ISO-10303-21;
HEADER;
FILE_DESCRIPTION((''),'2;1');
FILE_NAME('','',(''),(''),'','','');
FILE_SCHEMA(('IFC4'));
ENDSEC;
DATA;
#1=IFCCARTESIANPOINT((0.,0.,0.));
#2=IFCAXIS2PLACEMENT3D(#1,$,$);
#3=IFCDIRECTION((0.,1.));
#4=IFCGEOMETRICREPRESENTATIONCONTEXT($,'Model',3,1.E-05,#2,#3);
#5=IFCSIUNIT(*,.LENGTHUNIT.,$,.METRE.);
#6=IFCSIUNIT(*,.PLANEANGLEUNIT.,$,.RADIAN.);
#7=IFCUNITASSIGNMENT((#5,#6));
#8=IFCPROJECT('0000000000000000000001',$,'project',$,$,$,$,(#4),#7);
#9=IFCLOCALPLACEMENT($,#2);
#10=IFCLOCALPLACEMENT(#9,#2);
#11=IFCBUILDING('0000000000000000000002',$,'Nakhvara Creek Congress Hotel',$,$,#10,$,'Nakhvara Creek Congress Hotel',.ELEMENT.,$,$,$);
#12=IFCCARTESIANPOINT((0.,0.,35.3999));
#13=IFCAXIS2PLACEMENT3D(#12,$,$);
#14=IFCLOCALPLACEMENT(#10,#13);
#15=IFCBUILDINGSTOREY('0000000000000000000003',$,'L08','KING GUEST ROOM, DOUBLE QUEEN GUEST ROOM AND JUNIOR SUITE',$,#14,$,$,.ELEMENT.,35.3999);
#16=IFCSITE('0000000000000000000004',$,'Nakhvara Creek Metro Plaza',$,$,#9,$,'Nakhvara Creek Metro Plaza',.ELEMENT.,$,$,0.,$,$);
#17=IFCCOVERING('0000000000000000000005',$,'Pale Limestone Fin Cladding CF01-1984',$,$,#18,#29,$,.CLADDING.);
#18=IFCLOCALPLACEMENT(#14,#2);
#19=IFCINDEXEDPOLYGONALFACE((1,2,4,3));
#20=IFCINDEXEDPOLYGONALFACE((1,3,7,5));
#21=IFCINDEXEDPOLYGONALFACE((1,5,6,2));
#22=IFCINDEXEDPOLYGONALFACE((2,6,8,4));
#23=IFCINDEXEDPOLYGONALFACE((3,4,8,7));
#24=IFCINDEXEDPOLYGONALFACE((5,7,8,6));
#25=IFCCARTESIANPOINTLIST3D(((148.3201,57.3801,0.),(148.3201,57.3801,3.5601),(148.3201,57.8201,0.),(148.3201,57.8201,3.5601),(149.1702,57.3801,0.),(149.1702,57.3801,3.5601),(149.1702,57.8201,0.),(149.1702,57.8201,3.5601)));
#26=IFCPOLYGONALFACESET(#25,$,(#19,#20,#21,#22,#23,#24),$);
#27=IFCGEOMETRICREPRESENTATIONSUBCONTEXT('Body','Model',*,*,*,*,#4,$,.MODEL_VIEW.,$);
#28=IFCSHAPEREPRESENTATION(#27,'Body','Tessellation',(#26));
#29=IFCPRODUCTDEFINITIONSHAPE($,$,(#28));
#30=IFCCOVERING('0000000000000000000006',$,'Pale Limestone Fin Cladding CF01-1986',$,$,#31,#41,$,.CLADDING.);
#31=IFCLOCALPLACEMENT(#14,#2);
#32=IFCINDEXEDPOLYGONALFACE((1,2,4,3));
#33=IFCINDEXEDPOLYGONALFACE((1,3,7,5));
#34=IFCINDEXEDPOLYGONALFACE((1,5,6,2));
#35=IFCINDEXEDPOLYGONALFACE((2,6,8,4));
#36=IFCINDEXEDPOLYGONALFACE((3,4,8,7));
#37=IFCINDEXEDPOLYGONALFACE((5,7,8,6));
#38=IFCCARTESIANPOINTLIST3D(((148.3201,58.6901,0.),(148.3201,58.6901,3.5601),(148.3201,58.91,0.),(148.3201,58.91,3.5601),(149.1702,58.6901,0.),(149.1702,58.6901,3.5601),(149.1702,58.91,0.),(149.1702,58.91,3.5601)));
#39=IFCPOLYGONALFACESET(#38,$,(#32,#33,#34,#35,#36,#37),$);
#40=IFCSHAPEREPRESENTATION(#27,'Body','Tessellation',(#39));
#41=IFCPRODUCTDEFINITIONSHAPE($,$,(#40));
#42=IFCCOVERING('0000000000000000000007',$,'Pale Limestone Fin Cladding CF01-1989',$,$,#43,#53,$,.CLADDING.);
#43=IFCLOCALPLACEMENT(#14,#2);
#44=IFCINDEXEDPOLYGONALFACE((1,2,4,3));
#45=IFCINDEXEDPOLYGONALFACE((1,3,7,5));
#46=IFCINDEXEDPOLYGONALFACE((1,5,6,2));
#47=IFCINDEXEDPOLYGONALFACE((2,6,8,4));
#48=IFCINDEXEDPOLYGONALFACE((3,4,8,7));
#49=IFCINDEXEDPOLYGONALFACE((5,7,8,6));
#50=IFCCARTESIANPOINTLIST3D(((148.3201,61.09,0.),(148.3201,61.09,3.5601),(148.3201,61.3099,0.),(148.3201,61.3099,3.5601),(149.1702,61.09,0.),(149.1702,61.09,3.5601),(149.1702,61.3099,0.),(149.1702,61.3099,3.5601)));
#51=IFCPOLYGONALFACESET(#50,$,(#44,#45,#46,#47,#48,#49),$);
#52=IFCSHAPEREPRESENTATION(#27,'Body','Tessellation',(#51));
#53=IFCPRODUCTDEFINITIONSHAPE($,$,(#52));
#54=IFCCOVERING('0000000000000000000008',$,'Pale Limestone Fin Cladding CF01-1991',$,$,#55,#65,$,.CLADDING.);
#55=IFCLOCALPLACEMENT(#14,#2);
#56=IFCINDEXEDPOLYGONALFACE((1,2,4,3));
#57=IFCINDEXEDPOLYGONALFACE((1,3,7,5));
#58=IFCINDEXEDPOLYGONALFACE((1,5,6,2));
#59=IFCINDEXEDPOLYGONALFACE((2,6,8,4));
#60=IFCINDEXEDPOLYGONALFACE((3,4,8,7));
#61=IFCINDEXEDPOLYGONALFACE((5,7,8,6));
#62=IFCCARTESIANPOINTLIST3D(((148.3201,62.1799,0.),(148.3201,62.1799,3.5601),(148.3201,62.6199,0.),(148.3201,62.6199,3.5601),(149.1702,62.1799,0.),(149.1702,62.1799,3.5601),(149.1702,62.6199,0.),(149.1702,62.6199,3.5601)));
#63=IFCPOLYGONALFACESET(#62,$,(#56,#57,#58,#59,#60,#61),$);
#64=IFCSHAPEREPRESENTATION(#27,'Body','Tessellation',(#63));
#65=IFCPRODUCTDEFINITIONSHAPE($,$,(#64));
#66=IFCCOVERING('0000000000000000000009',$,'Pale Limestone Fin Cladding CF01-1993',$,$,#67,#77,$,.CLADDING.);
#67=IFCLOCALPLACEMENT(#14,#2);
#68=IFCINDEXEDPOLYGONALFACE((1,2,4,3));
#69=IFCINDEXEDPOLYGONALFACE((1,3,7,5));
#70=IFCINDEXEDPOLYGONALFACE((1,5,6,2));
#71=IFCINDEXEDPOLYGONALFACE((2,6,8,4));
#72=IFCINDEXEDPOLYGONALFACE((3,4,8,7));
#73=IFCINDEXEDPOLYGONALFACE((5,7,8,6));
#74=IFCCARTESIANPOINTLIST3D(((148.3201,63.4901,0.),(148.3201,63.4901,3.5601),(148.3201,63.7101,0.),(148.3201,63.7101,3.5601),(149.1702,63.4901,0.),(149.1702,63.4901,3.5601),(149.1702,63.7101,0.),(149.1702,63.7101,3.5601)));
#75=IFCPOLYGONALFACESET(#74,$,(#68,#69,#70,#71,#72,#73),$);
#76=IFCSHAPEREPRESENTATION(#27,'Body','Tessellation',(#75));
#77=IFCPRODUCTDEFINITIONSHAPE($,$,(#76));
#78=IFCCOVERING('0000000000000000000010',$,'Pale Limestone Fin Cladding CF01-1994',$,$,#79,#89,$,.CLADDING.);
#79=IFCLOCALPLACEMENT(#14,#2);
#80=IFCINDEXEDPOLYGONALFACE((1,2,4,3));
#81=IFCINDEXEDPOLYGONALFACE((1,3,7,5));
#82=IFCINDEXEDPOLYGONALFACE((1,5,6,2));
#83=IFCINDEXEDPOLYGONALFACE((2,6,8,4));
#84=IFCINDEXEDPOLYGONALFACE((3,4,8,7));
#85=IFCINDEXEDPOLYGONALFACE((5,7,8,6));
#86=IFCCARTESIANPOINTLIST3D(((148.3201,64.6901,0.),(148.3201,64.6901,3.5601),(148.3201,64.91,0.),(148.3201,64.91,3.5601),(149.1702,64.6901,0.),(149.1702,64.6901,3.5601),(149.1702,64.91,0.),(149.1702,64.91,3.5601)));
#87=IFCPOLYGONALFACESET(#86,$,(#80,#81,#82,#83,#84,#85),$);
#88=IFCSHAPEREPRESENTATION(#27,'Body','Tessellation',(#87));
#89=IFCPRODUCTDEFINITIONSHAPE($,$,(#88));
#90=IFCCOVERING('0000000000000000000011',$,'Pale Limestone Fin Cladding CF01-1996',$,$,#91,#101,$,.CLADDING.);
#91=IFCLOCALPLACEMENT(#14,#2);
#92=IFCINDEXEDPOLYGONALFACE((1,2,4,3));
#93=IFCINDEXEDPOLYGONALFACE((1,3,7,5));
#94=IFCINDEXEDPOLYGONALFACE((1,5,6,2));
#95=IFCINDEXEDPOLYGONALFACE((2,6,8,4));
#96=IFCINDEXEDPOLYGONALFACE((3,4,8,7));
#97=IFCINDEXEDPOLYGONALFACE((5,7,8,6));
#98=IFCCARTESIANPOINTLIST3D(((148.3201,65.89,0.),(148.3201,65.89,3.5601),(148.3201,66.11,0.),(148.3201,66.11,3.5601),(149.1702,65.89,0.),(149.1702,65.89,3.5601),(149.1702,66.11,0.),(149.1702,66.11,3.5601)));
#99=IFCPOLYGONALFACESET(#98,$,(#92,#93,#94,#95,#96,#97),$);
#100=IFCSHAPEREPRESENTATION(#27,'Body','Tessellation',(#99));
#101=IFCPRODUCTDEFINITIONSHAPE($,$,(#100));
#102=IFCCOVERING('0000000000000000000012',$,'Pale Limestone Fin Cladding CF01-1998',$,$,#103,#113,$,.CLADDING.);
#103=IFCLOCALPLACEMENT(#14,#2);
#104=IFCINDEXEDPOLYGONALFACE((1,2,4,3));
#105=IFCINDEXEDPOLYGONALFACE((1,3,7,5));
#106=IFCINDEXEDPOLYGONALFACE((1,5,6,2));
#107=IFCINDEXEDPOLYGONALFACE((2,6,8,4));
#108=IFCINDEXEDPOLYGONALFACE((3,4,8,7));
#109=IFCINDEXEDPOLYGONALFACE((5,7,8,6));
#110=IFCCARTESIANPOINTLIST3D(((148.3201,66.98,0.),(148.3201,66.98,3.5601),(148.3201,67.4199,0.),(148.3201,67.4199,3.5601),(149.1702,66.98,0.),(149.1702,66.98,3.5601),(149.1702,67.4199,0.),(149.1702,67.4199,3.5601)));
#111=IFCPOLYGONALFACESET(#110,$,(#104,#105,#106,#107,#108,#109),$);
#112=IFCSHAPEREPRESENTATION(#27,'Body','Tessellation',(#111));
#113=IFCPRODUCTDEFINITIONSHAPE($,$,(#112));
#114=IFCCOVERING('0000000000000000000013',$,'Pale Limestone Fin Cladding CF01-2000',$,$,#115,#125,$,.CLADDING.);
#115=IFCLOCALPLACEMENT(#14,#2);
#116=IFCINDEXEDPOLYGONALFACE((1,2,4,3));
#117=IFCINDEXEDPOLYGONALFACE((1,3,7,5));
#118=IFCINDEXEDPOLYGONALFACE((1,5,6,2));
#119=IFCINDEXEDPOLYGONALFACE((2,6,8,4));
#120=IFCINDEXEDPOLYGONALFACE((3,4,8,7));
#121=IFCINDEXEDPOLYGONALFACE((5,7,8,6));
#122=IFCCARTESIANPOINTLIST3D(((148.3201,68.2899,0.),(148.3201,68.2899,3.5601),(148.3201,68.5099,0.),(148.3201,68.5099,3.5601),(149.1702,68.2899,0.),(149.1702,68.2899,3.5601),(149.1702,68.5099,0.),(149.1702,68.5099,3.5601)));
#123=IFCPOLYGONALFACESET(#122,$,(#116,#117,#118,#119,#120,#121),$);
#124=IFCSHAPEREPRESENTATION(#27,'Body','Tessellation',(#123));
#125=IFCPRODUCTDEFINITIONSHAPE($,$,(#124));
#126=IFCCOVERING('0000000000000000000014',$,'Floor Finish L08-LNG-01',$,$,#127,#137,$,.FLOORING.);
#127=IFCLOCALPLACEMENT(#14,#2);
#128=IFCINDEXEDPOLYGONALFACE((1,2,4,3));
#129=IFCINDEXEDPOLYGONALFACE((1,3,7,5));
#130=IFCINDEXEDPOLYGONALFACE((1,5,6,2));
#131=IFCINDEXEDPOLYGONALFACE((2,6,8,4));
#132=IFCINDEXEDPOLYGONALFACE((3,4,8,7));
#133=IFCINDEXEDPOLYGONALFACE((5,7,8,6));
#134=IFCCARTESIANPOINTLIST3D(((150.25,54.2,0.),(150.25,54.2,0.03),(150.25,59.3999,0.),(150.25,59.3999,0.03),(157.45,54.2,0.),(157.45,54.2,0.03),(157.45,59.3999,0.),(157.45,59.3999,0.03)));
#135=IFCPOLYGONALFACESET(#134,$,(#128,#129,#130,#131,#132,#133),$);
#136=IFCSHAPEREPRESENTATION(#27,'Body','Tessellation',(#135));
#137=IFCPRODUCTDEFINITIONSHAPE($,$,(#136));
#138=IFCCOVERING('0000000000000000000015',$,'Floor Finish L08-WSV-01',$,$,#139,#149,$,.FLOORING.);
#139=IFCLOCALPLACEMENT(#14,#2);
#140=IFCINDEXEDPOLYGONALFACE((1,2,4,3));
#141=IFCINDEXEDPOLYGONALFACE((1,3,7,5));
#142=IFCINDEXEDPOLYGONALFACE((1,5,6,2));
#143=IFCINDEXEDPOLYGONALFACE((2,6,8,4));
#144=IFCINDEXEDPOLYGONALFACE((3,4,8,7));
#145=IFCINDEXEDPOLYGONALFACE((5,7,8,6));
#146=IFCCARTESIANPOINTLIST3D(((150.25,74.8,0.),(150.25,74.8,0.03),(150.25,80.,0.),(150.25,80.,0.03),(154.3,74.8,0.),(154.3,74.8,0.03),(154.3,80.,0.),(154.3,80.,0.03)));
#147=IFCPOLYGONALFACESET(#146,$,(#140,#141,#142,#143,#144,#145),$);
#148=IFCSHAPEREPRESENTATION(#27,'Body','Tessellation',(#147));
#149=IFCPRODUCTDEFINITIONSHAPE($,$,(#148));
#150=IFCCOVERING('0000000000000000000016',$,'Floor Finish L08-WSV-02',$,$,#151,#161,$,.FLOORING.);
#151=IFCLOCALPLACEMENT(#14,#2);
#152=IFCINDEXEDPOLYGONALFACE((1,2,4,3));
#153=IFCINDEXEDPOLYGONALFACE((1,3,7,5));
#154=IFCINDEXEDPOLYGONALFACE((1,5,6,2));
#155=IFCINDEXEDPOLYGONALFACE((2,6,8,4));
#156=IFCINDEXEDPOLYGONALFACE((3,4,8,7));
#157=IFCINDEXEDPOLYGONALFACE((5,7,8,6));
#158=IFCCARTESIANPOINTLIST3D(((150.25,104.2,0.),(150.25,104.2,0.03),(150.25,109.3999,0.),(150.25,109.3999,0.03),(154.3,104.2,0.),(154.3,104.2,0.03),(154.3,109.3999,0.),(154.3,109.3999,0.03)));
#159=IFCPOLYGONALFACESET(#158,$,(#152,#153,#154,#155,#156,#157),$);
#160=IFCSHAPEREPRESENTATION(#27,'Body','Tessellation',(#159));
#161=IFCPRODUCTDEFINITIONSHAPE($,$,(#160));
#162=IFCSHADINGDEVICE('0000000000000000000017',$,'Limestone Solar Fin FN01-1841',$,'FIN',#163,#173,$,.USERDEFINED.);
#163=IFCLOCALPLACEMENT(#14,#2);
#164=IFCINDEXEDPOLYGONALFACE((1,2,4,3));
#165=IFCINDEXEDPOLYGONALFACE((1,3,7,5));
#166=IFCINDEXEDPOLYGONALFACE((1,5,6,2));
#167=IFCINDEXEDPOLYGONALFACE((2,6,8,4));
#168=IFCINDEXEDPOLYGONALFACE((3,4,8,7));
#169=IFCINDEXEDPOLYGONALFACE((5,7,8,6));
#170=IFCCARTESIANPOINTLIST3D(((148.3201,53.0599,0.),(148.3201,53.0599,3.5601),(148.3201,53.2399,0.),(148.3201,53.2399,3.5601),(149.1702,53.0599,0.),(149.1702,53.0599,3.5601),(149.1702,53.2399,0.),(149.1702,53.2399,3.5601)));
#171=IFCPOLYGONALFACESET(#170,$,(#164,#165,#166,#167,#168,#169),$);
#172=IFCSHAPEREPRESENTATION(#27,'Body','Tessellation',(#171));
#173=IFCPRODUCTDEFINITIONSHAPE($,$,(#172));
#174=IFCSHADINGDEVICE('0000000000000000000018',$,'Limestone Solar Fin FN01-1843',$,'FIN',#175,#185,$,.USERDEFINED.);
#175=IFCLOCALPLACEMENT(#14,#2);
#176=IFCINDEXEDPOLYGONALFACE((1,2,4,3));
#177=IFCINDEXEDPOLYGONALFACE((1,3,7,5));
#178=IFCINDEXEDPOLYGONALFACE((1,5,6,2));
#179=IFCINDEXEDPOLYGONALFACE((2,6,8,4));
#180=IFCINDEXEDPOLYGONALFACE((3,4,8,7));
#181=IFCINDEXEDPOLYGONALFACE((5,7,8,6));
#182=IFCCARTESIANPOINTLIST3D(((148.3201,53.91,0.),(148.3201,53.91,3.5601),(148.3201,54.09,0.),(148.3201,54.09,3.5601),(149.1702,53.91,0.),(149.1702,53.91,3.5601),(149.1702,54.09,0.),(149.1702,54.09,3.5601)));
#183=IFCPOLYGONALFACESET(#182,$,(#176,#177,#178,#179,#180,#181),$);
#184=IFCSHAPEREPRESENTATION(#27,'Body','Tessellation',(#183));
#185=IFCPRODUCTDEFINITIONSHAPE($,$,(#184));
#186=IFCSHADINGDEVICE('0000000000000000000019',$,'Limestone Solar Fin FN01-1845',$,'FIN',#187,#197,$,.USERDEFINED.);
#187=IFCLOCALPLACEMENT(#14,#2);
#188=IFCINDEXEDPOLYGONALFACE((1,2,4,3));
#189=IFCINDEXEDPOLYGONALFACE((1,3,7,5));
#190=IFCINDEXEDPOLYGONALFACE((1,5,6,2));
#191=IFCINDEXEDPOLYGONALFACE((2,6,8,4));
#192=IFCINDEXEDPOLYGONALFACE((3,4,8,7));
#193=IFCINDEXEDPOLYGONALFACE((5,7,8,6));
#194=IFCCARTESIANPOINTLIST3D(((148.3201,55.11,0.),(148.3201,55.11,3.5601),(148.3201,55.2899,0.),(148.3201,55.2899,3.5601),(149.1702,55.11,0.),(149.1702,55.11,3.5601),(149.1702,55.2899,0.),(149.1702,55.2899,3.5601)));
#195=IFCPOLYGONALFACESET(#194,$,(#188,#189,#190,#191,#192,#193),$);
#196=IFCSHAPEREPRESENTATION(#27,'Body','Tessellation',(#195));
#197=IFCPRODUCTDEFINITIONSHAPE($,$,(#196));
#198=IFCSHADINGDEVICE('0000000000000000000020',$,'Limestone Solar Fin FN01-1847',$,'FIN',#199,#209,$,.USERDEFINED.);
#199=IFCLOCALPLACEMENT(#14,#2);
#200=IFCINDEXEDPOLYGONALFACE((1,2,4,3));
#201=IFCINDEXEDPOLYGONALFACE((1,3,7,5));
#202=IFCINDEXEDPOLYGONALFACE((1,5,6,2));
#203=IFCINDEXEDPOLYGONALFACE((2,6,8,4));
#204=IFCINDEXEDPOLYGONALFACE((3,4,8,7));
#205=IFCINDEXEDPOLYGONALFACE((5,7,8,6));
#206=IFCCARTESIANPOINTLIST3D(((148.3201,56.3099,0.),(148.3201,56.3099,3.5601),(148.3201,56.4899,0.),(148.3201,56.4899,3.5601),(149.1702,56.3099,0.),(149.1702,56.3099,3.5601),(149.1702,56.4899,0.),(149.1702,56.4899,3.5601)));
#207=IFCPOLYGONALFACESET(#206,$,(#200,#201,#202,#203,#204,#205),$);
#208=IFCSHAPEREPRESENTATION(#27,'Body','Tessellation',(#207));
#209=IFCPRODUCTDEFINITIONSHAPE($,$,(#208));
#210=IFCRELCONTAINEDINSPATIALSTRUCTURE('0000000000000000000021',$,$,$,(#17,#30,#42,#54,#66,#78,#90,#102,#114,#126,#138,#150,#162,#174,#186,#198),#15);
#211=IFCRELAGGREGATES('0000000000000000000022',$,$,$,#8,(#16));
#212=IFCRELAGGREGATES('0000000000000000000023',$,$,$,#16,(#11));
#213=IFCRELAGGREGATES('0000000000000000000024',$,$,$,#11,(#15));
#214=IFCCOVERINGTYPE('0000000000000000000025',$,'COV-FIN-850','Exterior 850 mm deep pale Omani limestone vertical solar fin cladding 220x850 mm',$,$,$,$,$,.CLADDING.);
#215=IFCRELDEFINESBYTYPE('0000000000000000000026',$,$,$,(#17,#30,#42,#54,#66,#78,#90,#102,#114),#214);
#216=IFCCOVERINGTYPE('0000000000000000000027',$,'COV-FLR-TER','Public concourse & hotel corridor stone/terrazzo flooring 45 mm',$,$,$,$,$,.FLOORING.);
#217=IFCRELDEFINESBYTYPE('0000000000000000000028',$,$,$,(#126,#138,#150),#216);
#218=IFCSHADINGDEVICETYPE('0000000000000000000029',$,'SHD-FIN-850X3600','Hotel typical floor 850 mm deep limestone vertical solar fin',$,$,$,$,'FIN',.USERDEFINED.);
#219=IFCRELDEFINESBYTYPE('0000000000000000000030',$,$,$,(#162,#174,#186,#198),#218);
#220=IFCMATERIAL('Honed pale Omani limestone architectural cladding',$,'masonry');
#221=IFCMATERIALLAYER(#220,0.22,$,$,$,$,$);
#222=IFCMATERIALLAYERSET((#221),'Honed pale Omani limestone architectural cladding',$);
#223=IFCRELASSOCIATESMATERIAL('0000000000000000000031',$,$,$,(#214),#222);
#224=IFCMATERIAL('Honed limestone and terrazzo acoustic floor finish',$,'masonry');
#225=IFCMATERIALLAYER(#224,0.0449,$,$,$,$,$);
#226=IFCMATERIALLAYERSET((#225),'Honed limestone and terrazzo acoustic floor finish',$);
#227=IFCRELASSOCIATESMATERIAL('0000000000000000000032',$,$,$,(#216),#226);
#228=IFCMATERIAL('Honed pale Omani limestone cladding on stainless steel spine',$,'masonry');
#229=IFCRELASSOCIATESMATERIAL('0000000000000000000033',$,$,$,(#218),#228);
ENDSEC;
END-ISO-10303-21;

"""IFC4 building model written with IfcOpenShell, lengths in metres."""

from ifc_helpers import new_model, si_unit, direction, frame, origin, origin_2d, place, context, subcontext, project, spatial, polyline, rectangle, outline, extrude, material, layer, layer_set, type_object, element, save


model = new_model("IFC4")

# Units and contexts
model_context = context("Model", 3, precision=1e-05, world=origin(), true_north=direction((0.0, 1.0)))
body_context = subcontext(model_context, "Body", "Model", "MODEL_VIEW")
ifc_project = project(units=[si_unit("LENGTHUNIT", "METRE"), si_unit("PLANEANGLEUNIT", "RADIAN")], contexts=[model_context])

# Site, building, storey
site_placement = place(None, origin())
site = spatial("IfcSite", under=ifc_project, at=site_placement, Name="Nakhvara Creek Metro Plaza", LongName="Nakhvara Creek Metro Plaza", CompositionType="ELEMENT", RefElevation=0.0)
building_placement = place(site_placement, origin())
building = spatial("IfcBuilding", under=site, at=building_placement, Name="Nakhvara Creek Congress Hotel", LongName="Nakhvara Creek Congress Hotel", CompositionType="ELEMENT")
storey_placement = place(building_placement, frame((0.0, 0.0, 35.3999)))
storey = spatial("IfcBuildingStorey", under=building, at=storey_placement, Name="L08", Description="KING GUEST ROOM, DOUBLE QUEEN GUEST ROOM AND JUNIOR SUITE", CompositionType="ELEMENT", Elevation=35.3999)

# Coverings
ifc_material_1 = material(Name="Honed pale Omani limestone architectural cladding", Category="masonry")
ifc_layer_1 = layer(ifc_material_1, 0.22)
ifc_layer_set_1 = layer_set([ifc_layer_1], Name="Honed pale Omani limestone architectural cladding")
covering_type_1 = type_object("IfcCoveringType", Name="COV-FIN-850", Description="Exterior 850 mm deep pale Omani limestone vertical solar fin cladding 220x850 mm", PredefinedType="CLADDING", material=ifc_layer_set_1)
covering_1_placement = place(storey_placement, frame((148.7451, 57.6001, 0.0), z_axis=(0.0, 0.0, 1.0), x_axis=(0.0, 1.0, 0.0)))
element("IfcCovering", 1, at=covering_1_placement, inside=storey, type_object=covering_type_1, Name="Pale Limestone Fin Cladding CF01-1984", PredefinedType="CLADDING", context=body_context, shape_type="SweptSolid", body=[
    extrude(rectangle(XDim=0.4399, YDim=0.8501, at=origin_2d()), origin(), (0.0, 0.0, 1.0), 3.5601),
])
for number, where, z_axis, x_axis, name in (
    (2, (148.7451, 58.8, 0.0), (0.0, 0.0, 1.0), (0.0, 1.0, 0.0), "Pale Limestone Fin Cladding CF01-1986"),
    (3, (148.7451, 61.2, 0.0), (0.0, 0.0, 1.0), (0.0, 1.0, 0.0), "Pale Limestone Fin Cladding CF01-1989"),
):
    element("IfcCovering", number, at=place(storey_placement, frame(where, z_axis=z_axis, x_axis=x_axis)), inside=storey, type_object=covering_type_1, Name=name, PredefinedType="CLADDING", context=body_context, shape_type="SweptSolid", body=[
        extrude(rectangle(XDim=0.22, YDim=0.8501, at=origin_2d()), origin(), (0.0, 0.0, 1.0), 3.5601),
    ])
covering_2_placement = place(storey_placement, frame((148.7451, 62.3999, 0.0), z_axis=(0.0, 0.0, 1.0), x_axis=(0.0, 1.0, 0.0)))
element("IfcCovering", 4, at=covering_2_placement, inside=storey, type_object=covering_type_1, Name="Pale Limestone Fin Cladding CF01-1991", PredefinedType="CLADDING", context=body_context, shape_type="SweptSolid", body=[
    extrude(rectangle(XDim=0.4399, YDim=0.8501, at=origin_2d()), origin(), (0.0, 0.0, 1.0), 3.5601),
])
for number, where, z_axis, x_axis, name in (
    (5, (148.7451, 63.6001, 0.0), (0.0, 0.0, 1.0), (0.0, 1.0, 0.0), "Pale Limestone Fin Cladding CF01-1993"),
    (6, (148.7451, 64.8, 0.0), (0.0, 0.0, 1.0), (0.0, 1.0, 0.0), "Pale Limestone Fin Cladding CF01-1994"),
    (7, (148.7451, 66.0, 0.0), (0.0, 0.0, 1.0), (0.0, 1.0, 0.0), "Pale Limestone Fin Cladding CF01-1996"),
):
    element("IfcCovering", number, at=place(storey_placement, frame(where, z_axis=z_axis, x_axis=x_axis)), inside=storey, type_object=covering_type_1, Name=name, PredefinedType="CLADDING", context=body_context, shape_type="SweptSolid", body=[
        extrude(rectangle(XDim=0.22, YDim=0.8501, at=origin_2d()), origin(), (0.0, 0.0, 1.0), 3.5601),
    ])
covering_3_placement = place(storey_placement, frame((148.7451, 67.2, 0.0), z_axis=(0.0, 0.0, 1.0), x_axis=(0.0, 1.0, 0.0)))
element("IfcCovering", 8, at=covering_3_placement, inside=storey, type_object=covering_type_1, Name="Pale Limestone Fin Cladding CF01-1998", PredefinedType="CLADDING", context=body_context, shape_type="SweptSolid", body=[
    extrude(rectangle(XDim=0.4399, YDim=0.8501, at=origin_2d()), origin(), (0.0, 0.0, 1.0), 3.5601),
])
covering_4_placement = place(storey_placement, frame((148.7451, 68.3999, 0.0), z_axis=(0.0, 0.0, 1.0), x_axis=(0.0, 1.0, 0.0)))
element("IfcCovering", 9, at=covering_4_placement, inside=storey, type_object=covering_type_1, Name="Pale Limestone Fin Cladding CF01-2000", PredefinedType="CLADDING", context=body_context, shape_type="SweptSolid", body=[
    extrude(rectangle(XDim=0.22, YDim=0.8501, at=origin_2d()), origin(), (0.0, 0.0, 1.0), 3.5601),
])
ifc_material_2 = material(Name="Honed limestone and terrazzo acoustic floor finish", Category="masonry")
ifc_layer_2 = layer(ifc_material_2, 0.0449)
ifc_layer_set_2 = layer_set([ifc_layer_2], Name="Honed limestone and terrazzo acoustic floor finish")
covering_type_2 = type_object("IfcCoveringType", Name="COV-FLR-TER", Description="Public concourse & hotel corridor stone/terrazzo flooring 45 mm", PredefinedType="FLOORING", material=ifc_layer_set_2)
covering_5_placement = place(storey_placement, origin())
element("IfcCovering", 10, at=covering_5_placement, inside=storey, type_object=covering_type_2, Name="Floor Finish L08-LNG-01", PredefinedType="FLOORING", context=body_context, shape_type="SweptSolid", body=[
    extrude(outline(polyline([(150.25, 54.2), (157.45, 54.2), (157.45, 59.3999), (150.25, 59.3999), (150.25, 54.2)])), origin(), (0.0, 0.0, 1.0), 0.03),
])
covering_6_placement = place(storey_placement, origin())
element("IfcCovering", 11, at=covering_6_placement, inside=storey, type_object=covering_type_2, Name="Floor Finish L08-WSV-01", PredefinedType="FLOORING", context=body_context, shape_type="SweptSolid", body=[
    extrude(outline(polyline([(150.25, 74.8), (154.3, 74.8), (154.3, 80.0), (150.25, 80.0), (150.25, 74.8)])), origin(), (0.0, 0.0, 1.0), 0.03),
])
covering_7_placement = place(storey_placement, origin())
element("IfcCovering", 12, at=covering_7_placement, inside=storey, type_object=covering_type_2, Name="Floor Finish L08-WSV-02", PredefinedType="FLOORING", context=body_context, shape_type="SweptSolid", body=[
    extrude(outline(polyline([(150.25, 104.2), (154.3, 104.2), (154.3, 109.3999), (150.25, 109.3999), (150.25, 104.2)])), origin(), (0.0, 0.0, 1.0), 0.03),
])

# Shading devices
ifc_material_3 = material(Name="Honed pale Omani limestone cladding on stainless steel spine", Category="masonry")
shading_device_type = type_object("IfcShadingDeviceType", Name="SHD-FIN-850X3600", Description="Hotel typical floor 850 mm deep limestone vertical solar fin", ElementType="FIN", PredefinedType="USERDEFINED", material=ifc_material_3)
for number, where, z_axis, x_axis, name in (
    (13, (148.7451, 53.1499, 0.0), (0.0, 0.0, 1.0), (0.0, 1.0, 0.0), "Limestone Solar Fin FN01-1841"),
    (14, (148.7451, 54.0, 0.0), (0.0, 0.0, 1.0), (0.0, 1.0, 0.0), "Limestone Solar Fin FN01-1843"),
    (15, (148.7451, 55.2, 0.0), (0.0, 0.0, 1.0), (0.0, 1.0, 0.0), "Limestone Solar Fin FN01-1845"),
    (16, (148.7451, 56.3999, 0.0), (0.0, 0.0, 1.0), (0.0, 1.0, 0.0), "Limestone Solar Fin FN01-1847"),
):
    element("IfcShadingDevice", number, at=place(storey_placement, frame(where, z_axis=z_axis, x_axis=x_axis)), inside=storey, type_object=shading_device_type, Name=name, ObjectType="FIN", PredefinedType="USERDEFINED", context=body_context, shape_type="SweptSolid", body=[
        extrude(rectangle(XDim=0.1799, YDim=0.8501, at=origin_2d()), origin(), (0.0, 0.0, 1.0), 3.5601),
    ])

save(model, "model.ifc")
